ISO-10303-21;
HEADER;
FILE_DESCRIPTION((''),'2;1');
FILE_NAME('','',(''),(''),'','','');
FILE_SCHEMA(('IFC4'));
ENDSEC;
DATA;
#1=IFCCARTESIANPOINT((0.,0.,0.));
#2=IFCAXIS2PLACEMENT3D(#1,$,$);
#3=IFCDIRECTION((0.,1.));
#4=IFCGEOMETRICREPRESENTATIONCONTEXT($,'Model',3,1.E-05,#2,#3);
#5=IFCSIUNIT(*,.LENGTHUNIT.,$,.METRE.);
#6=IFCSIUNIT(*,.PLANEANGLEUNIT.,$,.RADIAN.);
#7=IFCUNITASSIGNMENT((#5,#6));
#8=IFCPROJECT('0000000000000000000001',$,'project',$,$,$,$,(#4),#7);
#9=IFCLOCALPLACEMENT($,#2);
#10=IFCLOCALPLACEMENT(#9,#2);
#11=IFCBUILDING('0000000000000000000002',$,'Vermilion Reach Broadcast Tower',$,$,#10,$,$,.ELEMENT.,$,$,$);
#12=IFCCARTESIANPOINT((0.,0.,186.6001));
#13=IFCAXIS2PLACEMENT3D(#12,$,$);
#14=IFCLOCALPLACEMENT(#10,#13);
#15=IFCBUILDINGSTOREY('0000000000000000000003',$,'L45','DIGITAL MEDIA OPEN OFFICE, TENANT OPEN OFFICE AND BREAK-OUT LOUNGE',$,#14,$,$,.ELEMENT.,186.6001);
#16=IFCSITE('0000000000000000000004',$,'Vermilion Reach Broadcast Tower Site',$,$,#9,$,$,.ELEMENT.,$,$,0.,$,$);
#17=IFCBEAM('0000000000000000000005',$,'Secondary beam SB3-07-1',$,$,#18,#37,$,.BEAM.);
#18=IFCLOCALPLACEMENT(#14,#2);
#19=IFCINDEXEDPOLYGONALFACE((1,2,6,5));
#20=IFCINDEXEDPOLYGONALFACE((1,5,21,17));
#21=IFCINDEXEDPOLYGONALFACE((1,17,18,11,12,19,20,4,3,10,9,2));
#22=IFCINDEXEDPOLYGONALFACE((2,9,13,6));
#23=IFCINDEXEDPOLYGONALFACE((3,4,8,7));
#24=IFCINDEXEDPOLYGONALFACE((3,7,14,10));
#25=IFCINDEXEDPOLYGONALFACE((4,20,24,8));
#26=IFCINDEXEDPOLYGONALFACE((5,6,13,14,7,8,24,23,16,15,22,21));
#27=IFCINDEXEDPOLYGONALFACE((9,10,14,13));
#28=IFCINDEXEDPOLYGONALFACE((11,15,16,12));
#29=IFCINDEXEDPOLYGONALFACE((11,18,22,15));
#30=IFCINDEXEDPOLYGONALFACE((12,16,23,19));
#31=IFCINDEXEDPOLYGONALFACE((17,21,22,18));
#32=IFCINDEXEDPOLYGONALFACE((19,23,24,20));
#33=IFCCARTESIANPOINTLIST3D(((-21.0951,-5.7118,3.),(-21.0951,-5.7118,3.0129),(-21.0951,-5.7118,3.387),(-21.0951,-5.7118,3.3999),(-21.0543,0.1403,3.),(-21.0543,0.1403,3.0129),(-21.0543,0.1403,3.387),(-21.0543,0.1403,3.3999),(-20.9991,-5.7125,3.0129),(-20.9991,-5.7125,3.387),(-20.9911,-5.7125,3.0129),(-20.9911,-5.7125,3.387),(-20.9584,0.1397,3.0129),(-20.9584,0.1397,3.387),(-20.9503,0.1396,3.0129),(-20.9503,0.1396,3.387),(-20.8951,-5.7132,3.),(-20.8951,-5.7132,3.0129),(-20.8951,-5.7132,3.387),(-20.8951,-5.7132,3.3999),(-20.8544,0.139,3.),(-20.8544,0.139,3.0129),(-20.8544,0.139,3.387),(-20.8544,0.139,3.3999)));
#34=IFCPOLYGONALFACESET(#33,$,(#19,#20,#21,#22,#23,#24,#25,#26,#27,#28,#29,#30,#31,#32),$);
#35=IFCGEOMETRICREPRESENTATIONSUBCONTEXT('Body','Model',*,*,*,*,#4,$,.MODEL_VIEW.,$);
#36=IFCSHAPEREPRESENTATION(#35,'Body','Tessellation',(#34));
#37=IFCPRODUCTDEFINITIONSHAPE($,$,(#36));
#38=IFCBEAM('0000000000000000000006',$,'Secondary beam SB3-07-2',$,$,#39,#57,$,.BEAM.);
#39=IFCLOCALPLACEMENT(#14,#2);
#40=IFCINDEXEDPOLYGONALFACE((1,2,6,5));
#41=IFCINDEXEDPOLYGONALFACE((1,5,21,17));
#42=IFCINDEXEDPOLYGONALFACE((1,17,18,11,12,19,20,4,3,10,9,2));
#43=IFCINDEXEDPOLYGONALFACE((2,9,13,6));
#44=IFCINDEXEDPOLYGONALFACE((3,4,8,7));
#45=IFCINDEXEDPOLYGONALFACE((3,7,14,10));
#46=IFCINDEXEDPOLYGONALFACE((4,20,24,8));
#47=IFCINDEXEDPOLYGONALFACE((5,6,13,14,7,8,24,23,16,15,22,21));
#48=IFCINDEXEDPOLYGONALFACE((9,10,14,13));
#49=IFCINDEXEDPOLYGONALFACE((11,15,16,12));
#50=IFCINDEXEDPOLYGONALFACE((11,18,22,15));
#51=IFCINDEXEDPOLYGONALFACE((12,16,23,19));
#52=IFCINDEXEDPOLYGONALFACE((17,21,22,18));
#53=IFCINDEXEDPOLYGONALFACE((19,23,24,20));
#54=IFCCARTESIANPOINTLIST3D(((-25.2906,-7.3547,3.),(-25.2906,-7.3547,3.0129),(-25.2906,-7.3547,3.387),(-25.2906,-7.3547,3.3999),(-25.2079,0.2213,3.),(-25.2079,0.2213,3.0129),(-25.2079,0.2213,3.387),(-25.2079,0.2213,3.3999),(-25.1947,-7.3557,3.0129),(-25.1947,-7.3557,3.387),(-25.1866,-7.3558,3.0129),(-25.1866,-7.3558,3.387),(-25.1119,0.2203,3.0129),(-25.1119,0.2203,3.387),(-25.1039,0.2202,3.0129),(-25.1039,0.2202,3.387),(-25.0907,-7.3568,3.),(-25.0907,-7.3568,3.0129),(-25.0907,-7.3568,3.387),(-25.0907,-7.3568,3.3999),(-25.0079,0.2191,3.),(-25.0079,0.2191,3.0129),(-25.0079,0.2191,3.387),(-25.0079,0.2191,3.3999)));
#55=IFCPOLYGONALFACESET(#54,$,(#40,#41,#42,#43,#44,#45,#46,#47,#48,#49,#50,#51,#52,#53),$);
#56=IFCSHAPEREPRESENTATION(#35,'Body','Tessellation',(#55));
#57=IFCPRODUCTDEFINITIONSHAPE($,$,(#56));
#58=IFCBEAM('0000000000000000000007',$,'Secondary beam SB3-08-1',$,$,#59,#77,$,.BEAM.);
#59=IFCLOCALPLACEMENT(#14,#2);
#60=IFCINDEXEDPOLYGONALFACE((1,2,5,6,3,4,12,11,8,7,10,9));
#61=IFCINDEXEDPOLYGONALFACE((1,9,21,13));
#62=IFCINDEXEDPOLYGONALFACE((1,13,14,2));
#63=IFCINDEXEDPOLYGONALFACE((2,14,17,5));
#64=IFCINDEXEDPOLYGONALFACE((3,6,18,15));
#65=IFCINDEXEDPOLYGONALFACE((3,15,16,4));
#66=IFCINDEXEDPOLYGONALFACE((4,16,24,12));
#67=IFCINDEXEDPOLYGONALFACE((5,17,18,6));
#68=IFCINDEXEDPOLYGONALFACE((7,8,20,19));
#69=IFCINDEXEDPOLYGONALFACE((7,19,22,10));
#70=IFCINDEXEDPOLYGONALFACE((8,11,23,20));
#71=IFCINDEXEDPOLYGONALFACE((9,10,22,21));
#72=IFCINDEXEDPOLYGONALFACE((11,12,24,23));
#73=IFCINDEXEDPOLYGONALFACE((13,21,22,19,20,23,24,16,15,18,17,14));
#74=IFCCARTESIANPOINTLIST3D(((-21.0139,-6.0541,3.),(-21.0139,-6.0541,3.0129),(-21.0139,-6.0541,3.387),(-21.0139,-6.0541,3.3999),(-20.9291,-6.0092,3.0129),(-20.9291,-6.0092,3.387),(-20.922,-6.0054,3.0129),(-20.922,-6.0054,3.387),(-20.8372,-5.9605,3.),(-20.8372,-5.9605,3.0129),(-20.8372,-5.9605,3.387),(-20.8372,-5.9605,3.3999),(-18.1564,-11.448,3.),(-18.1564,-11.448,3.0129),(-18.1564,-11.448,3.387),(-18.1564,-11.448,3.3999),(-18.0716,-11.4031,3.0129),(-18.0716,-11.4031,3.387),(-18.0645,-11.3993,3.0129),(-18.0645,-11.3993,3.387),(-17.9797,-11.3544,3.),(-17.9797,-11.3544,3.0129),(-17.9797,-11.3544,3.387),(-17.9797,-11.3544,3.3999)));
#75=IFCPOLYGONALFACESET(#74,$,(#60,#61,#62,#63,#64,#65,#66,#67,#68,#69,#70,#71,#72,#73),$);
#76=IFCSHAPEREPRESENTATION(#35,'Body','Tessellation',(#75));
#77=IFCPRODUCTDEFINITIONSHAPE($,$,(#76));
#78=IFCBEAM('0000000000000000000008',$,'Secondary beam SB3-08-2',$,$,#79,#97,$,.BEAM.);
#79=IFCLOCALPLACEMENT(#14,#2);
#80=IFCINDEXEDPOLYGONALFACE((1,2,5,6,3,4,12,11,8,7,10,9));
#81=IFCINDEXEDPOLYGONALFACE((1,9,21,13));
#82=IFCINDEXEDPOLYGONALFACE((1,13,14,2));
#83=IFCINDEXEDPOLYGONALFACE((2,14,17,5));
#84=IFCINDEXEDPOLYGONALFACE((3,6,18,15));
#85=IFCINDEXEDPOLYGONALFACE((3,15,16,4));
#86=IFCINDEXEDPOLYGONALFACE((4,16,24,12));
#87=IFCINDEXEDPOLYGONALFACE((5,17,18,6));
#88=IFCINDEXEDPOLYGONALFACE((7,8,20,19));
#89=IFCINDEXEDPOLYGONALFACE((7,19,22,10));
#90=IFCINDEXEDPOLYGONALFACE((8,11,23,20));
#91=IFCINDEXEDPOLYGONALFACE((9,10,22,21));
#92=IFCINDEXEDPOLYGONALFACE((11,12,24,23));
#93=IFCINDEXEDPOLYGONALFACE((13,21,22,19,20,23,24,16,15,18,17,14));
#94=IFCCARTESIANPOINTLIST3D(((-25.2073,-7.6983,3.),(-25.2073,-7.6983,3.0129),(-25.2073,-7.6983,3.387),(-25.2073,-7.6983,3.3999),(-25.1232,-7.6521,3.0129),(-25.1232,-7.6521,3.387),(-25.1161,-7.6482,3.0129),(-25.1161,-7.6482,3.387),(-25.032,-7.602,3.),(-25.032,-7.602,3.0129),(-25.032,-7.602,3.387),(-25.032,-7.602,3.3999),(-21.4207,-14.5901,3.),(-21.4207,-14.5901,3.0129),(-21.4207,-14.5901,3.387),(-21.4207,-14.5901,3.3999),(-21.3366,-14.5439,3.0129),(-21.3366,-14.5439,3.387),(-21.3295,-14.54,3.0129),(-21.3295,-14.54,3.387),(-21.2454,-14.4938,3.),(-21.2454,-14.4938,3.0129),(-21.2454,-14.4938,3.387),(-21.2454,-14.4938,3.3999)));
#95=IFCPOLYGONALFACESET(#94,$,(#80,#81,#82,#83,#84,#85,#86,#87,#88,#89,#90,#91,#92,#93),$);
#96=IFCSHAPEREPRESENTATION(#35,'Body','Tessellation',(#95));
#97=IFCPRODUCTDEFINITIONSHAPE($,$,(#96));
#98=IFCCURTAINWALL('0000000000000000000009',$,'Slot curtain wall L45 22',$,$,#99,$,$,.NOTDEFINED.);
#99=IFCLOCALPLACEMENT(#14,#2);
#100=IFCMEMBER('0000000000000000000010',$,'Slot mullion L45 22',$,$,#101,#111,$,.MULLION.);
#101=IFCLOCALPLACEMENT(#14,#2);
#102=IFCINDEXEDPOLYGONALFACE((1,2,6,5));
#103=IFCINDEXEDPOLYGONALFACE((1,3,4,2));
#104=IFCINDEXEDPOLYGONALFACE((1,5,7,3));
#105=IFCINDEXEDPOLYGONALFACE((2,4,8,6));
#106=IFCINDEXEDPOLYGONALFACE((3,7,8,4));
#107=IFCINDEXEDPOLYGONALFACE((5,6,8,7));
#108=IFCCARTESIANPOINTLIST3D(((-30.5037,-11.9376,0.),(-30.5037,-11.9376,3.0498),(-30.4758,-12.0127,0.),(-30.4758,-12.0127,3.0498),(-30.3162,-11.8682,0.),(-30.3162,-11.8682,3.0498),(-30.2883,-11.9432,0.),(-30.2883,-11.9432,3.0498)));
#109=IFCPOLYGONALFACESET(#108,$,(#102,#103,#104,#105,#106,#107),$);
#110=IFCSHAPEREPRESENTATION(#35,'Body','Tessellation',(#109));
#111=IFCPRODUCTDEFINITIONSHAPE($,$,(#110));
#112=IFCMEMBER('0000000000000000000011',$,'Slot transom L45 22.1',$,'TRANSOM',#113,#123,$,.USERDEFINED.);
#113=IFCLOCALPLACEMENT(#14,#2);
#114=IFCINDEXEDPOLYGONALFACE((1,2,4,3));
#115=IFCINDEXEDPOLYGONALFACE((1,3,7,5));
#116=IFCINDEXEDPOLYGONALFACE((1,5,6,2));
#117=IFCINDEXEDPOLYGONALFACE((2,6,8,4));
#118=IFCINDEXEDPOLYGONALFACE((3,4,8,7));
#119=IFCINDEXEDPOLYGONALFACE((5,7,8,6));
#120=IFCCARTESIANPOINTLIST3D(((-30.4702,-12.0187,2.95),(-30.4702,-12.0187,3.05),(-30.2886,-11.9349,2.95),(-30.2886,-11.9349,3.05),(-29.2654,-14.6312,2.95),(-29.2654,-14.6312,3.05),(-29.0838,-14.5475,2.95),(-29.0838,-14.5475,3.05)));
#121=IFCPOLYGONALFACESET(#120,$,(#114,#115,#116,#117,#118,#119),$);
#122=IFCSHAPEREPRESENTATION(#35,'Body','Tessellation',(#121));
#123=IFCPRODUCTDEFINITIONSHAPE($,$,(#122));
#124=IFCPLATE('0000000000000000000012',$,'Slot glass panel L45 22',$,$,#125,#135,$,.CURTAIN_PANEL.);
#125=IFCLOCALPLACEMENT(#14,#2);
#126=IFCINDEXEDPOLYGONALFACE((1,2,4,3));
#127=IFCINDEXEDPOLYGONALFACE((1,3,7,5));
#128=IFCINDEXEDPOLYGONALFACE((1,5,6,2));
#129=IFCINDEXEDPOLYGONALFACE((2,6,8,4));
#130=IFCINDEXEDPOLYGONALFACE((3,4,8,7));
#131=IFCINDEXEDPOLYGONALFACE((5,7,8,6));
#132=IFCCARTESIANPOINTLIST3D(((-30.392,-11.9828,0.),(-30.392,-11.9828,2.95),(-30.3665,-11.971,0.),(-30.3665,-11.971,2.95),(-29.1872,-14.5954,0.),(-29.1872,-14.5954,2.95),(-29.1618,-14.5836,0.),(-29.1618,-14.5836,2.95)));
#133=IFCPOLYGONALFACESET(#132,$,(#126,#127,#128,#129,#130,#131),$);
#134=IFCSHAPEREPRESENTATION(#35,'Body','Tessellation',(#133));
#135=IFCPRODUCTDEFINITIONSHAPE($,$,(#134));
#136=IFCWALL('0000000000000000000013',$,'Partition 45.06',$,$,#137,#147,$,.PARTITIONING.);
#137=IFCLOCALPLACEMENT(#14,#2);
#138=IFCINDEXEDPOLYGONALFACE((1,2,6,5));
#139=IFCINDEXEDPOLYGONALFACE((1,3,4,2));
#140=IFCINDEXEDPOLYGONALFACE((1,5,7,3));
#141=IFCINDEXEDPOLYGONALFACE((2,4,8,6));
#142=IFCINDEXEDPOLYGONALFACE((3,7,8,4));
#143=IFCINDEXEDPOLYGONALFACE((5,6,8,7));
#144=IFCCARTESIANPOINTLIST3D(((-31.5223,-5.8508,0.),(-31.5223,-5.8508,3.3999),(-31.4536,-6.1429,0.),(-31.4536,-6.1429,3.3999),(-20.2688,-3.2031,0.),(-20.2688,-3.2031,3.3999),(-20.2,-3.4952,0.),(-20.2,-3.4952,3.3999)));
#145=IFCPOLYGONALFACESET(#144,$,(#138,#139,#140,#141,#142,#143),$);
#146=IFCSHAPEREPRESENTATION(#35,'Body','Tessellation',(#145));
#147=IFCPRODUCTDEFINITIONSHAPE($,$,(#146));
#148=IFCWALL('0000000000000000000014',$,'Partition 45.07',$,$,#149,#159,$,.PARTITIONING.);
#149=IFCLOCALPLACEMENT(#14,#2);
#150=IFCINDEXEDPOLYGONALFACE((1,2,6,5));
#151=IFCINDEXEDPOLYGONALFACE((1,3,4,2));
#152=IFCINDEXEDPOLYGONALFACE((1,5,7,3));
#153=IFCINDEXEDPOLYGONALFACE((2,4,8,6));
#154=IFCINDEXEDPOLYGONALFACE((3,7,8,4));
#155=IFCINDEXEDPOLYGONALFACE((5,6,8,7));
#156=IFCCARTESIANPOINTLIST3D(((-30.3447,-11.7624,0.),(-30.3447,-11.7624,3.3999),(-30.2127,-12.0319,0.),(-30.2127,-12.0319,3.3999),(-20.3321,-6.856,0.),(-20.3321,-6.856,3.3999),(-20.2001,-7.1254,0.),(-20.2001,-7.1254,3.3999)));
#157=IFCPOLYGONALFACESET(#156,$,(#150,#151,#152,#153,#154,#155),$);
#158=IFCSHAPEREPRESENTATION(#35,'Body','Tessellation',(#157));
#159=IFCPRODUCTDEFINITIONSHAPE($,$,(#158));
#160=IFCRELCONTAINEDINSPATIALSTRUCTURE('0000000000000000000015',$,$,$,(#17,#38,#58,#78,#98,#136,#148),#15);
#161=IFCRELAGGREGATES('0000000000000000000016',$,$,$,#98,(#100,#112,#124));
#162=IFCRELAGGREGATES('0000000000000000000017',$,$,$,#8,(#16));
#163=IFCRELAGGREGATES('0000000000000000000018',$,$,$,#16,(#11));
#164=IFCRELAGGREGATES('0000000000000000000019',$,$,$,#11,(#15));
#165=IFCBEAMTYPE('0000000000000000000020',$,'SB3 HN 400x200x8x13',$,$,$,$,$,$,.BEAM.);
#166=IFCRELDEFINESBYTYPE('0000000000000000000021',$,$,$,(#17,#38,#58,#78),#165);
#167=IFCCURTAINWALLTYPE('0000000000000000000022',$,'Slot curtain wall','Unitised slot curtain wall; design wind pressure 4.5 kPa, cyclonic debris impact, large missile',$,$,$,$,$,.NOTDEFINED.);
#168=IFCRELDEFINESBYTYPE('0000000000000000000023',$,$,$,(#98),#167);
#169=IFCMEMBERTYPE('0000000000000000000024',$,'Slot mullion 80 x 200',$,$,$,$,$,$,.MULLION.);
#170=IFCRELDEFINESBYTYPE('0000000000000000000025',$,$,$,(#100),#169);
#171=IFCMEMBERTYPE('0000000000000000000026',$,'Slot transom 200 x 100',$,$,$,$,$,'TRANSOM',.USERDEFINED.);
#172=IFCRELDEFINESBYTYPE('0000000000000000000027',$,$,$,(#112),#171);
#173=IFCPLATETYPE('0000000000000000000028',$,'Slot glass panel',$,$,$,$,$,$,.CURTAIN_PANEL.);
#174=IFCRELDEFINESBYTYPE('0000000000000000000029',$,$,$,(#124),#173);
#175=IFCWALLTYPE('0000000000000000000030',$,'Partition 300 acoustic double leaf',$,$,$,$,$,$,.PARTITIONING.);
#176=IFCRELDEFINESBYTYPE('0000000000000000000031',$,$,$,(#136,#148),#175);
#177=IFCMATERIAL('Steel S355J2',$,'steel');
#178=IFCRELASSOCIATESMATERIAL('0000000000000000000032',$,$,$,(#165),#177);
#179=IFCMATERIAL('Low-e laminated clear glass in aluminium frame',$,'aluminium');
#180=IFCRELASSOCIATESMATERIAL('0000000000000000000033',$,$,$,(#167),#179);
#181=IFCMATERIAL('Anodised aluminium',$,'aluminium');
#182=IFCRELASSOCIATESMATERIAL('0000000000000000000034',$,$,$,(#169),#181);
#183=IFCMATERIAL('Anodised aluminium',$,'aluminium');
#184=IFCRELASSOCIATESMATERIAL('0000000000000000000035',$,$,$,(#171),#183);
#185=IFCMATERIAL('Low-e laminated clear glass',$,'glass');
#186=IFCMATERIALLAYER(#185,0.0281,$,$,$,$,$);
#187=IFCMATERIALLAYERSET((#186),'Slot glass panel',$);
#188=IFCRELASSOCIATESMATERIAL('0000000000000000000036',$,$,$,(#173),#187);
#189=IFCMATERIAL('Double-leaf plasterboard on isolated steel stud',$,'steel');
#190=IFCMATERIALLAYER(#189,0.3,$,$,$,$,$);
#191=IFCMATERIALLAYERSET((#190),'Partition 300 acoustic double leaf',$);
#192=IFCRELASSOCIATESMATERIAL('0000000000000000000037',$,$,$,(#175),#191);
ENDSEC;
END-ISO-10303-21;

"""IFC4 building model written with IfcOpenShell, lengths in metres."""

from ifc_helpers import new_model, si_unit, direction, frame, frame_2d, origin, origin_2d, place, context, subcontext, project, spatial, rectangle, i_section, extrude, material, layer, layer_set, material_profile, profile_set, type_object, element, aggregate, save


model = new_model("IFC4")

# Units and contexts
model_context = context("Model", 3, precision=1e-05, world=origin(), true_north=direction((0.0, 1.0)))
body_context = subcontext(model_context, "Body", "Model", "MODEL_VIEW")
ifc_project = project(units=[si_unit("LENGTHUNIT", "METRE"), si_unit("PLANEANGLEUNIT", "RADIAN")], contexts=[model_context])

# Site, building, storey
site_placement = place(None, origin())
site = spatial("IfcSite", under=ifc_project, at=site_placement, Name="Vermilion Reach Broadcast Tower Site", CompositionType="ELEMENT", RefElevation=0.0)
building_placement = place(site_placement, origin())
building = spatial("IfcBuilding", under=site, at=building_placement, Name="Vermilion Reach Broadcast Tower", CompositionType="ELEMENT")
storey_placement = place(building_placement, frame((0.0, 0.0, 186.6001)))
storey = spatial("IfcBuildingStorey", under=building, at=storey_placement, Name="L45", Description="DIGITAL MEDIA OPEN OFFICE, TENANT OPEN OFFICE AND BREAK-OUT LOUNGE", CompositionType="ELEMENT", Elevation=186.6001)

# Beams
ifc_material_1 = material(Name="Steel S355J2", Category="steel")
ifc_material_profile_1 = material_profile(ifc_material_1, i_section(OverallWidth=0.2, OverallDepth=0.3999, WebThickness=0.0081, FlangeThickness=0.0129, at=origin_2d()), Name="S355J2 HN 400x200x8x13")
ifc_profile_set_1 = profile_set([ifc_material_profile_1], Name="Steel S355J2")
beam_type_1 = type_object("IfcBeamType", Name="SB3 HN 400x200x8x13", PredefinedType="BEAM", material=ifc_profile_set_1)
beam_1_placement = place(storey_placement, frame((-20.9543, 0.1396, 3.2), z_axis=(-0.006967, -0.999976, 0.0), x_axis=(0.999976, -0.006967, 0.0)))
element("IfcBeam", 1, at=beam_1_placement, inside=storey, type_object=beam_type_1, Name="Secondary beam SB3-07-1", PredefinedType="BEAM", context=body_context, shape_type="SweptSolid", body=[
    extrude(i_section(OverallWidth=0.2, OverallDepth=0.3999, WebThickness=0.0081, FlangeThickness=0.0129, at=origin_2d()), origin(), (0.0, 0.0, 1.0), 5.8523),
])
beam_2_placement = place(storey_placement, frame((-25.1079, 0.2202, 3.2), z_axis=(-0.010924, -0.99994, 0.0), x_axis=(0.99994, -0.010924, 0.0)))
element("IfcBeam", 2, at=beam_2_placement, inside=storey, type_object=beam_type_1, Name="Secondary beam SB3-07-2", PredefinedType="BEAM", context=body_context, shape_type="SweptSolid", body=[
    extrude(i_section(OverallWidth=0.2, OverallDepth=0.3999, WebThickness=0.0081, FlangeThickness=0.0129, at=origin_2d()), origin(), (0.0, 0.0, 1.0), 7.5764),
])
beam_3_placement = place(storey_placement, frame((-20.9255, -6.0073, 3.2), z_axis=(0.468128, -0.88366, 0.0), x_axis=(0.88366, 0.468128, 0.0)))
element("IfcBeam", 3, at=beam_3_placement, inside=storey, type_object=beam_type_1, Name="Secondary beam SB3-08-1", PredefinedType="BEAM", context=body_context, shape_type="SweptSolid", body=[
    extrude(i_section(OverallWidth=0.2, OverallDepth=0.3999, WebThickness=0.0081, FlangeThickness=0.0129, at=origin_2d()), origin(), (0.0, 0.0, 1.0), 6.104),
])
beam_4_placement = place(storey_placement, frame((-25.1196, -7.6501, 3.2), z_axis=(0.481539, -0.876425, 0.0), x_axis=(0.876425, 0.481539, 0.0)))
element("IfcBeam", 4, at=beam_4_placement, inside=storey, type_object=beam_type_1, Name="Secondary beam SB3-08-2", PredefinedType="BEAM", context=body_context, shape_type="SweptSolid", body=[
    extrude(i_section(OverallWidth=0.2, OverallDepth=0.3999, WebThickness=0.0081, FlangeThickness=0.0129, at=origin_2d()), origin(), (0.0, 0.0, 1.0), 7.8635),
])

# Curtain wall, members, plate
ifc_material_2 = material(Name="Low-e laminated clear glass in aluminium frame", Category="aluminium")
curtain_wall_type = type_object("IfcCurtainWallType", Name="Slot curtain wall", Description="Unitised slot curtain wall; design wind pressure 4.5 kPa, cyclonic debris impact, large missile", PredefinedType="NOTDEFINED", material=ifc_material_2)
curtain_wall_placement = place(storey_placement, origin())
curtain_wall = element("IfcCurtainWall", 5, at=curtain_wall_placement, inside=storey, type_object=curtain_wall_type, Name="Slot curtain wall L45 22", PredefinedType="NOTDEFINED")
ifc_material_3 = material(Name="Anodised aluminium", Category="aluminium")
ifc_material_profile_2 = material_profile(ifc_material_3, rectangle(XDim=0.2, YDim=0.0801, at=origin_2d()), Name="Slot mullion 80 x 200")
ifc_profile_set_2 = profile_set([ifc_material_profile_2], Name="Anodised aluminium")
member_type_1 = type_object("IfcMemberType", Name="Slot mullion 80 x 200", PredefinedType="MULLION", material=ifc_profile_set_2)
member_1_placement = place(storey_placement, frame((-30.396, -11.9404, 0.0), z_axis=(0.0, 0.0, 1.0), x_axis=(0.937728, 0.34737, 0.0)))
member_1 = element("IfcMember", 6, at=member_1_placement, type_object=member_type_1, Name="Slot mullion L45 22", PredefinedType="MULLION", context=body_context, shape_type="SweptSolid", body=[
    extrude(rectangle(XDim=0.2, YDim=0.0801, at=origin_2d()), origin(), (0.0, 0.0, 1.0), 3.0498),
])
ifc_material_4 = material(Name="Anodised aluminium", Category="aluminium")
ifc_material_profile_3 = material_profile(ifc_material_4, rectangle(XDim=0.2, YDim=0.1001, at=origin_2d()), Name="Slot transom 200 x 100")
ifc_profile_set_3 = profile_set([ifc_material_profile_3], Name="Anodised aluminium")
member_type_2 = type_object("IfcMemberType", Name="Slot transom 200 x 100", ElementType="TRANSOM", PredefinedType="USERDEFINED", material=ifc_profile_set_3)
member_2_placement = place(storey_placement, frame((-30.3794, -11.9768, 3.0), z_axis=(0.418784, -0.908086, 0.0), x_axis=(0.908086, 0.418784, 0.0)))
member_2 = element("IfcMember", 7, at=member_2_placement, type_object=member_type_2, Name="Slot transom L45 22.1", ObjectType="TRANSOM", PredefinedType="USERDEFINED", context=body_context, shape_type="SweptSolid", body=[
    extrude(rectangle(XDim=0.2, YDim=0.1001, at=origin_2d()), origin(), (0.0, 0.0, 1.0), 2.877),
])
ifc_material_5 = material(Name="Low-e laminated clear glass", Category="glass")
ifc_layer_1 = layer(ifc_material_5, 0.0281)
ifc_layer_set_1 = layer_set([ifc_layer_1], Name="Slot glass panel")
plate_type = type_object("IfcPlateType", Name="Slot glass panel", PredefinedType="CURTAIN_PANEL", material=ifc_layer_set_1)
plate_placement = place(storey_placement, frame((-29.7769, -13.2832, 0.0), z_axis=(0.0, 0.0, 1.0), x_axis=(0.418747, -0.908103, 0.0)))
plate = element("IfcPlate", 8, at=plate_placement, type_object=plate_type, Name="Slot glass panel L45 22", PredefinedType="CURTAIN_PANEL", context=body_context, shape_type="SweptSolid", body=[
    extrude(rectangle(XDim=2.877, YDim=0.0281, at=origin_2d()), origin(), (0.0, 0.0, 1.0), 2.95),
])
aggregate(curtain_wall, [member_1, member_2, plate])

# Walls
ifc_material_6 = material(Name="Double-leaf plasterboard on isolated steel stud", Category="steel")
ifc_layer_2 = layer(ifc_material_6, 0.3)
ifc_layer_set_2 = layer_set([ifc_layer_2], Name="Partition 300 acoustic double leaf")
wall_type_1 = type_object("IfcWallType", Name="Partition 300 acoustic double leaf", PredefinedType="PARTITIONING", material=ifc_layer_set_2)
wall_1_placement = place(storey_placement, frame((-31.4878, -5.9968, 0.0), z_axis=(0.0, 0.0, 1.0), x_axis=(0.97342, 0.229026, 0.0)))
element("IfcWall", 9, at=wall_1_placement, inside=storey, type_object=wall_type_1, Name="Partition 45.06", PredefinedType="PARTITIONING", context=body_context, shape_type="SweptSolid", body=[
    extrude(rectangle(XDim=11.5608, YDim=0.3, at=frame_2d((5.7803, 0.0))), origin(), (0.0, 0.0, 1.0), 3.3999),
])
wall_2_placement = place(storey_placement, frame((-30.2788, -11.8972, 0.0), z_axis=(0.0, 0.0, 1.0), x_axis=(0.897981, 0.440035, 0.0)))
element("IfcWall", 10, at=wall_2_placement, inside=storey, type_object=wall_type_1, Name="Partition 45.07", PredefinedType="PARTITIONING", context=body_context, shape_type="SweptSolid", body=[
    extrude(rectangle(XDim=11.1501, YDim=0.3, at=frame_2d((5.5752, 0.0))), origin(), (0.0, 0.0, 1.0), 3.3999),
])

save(model, "model.ifc")
